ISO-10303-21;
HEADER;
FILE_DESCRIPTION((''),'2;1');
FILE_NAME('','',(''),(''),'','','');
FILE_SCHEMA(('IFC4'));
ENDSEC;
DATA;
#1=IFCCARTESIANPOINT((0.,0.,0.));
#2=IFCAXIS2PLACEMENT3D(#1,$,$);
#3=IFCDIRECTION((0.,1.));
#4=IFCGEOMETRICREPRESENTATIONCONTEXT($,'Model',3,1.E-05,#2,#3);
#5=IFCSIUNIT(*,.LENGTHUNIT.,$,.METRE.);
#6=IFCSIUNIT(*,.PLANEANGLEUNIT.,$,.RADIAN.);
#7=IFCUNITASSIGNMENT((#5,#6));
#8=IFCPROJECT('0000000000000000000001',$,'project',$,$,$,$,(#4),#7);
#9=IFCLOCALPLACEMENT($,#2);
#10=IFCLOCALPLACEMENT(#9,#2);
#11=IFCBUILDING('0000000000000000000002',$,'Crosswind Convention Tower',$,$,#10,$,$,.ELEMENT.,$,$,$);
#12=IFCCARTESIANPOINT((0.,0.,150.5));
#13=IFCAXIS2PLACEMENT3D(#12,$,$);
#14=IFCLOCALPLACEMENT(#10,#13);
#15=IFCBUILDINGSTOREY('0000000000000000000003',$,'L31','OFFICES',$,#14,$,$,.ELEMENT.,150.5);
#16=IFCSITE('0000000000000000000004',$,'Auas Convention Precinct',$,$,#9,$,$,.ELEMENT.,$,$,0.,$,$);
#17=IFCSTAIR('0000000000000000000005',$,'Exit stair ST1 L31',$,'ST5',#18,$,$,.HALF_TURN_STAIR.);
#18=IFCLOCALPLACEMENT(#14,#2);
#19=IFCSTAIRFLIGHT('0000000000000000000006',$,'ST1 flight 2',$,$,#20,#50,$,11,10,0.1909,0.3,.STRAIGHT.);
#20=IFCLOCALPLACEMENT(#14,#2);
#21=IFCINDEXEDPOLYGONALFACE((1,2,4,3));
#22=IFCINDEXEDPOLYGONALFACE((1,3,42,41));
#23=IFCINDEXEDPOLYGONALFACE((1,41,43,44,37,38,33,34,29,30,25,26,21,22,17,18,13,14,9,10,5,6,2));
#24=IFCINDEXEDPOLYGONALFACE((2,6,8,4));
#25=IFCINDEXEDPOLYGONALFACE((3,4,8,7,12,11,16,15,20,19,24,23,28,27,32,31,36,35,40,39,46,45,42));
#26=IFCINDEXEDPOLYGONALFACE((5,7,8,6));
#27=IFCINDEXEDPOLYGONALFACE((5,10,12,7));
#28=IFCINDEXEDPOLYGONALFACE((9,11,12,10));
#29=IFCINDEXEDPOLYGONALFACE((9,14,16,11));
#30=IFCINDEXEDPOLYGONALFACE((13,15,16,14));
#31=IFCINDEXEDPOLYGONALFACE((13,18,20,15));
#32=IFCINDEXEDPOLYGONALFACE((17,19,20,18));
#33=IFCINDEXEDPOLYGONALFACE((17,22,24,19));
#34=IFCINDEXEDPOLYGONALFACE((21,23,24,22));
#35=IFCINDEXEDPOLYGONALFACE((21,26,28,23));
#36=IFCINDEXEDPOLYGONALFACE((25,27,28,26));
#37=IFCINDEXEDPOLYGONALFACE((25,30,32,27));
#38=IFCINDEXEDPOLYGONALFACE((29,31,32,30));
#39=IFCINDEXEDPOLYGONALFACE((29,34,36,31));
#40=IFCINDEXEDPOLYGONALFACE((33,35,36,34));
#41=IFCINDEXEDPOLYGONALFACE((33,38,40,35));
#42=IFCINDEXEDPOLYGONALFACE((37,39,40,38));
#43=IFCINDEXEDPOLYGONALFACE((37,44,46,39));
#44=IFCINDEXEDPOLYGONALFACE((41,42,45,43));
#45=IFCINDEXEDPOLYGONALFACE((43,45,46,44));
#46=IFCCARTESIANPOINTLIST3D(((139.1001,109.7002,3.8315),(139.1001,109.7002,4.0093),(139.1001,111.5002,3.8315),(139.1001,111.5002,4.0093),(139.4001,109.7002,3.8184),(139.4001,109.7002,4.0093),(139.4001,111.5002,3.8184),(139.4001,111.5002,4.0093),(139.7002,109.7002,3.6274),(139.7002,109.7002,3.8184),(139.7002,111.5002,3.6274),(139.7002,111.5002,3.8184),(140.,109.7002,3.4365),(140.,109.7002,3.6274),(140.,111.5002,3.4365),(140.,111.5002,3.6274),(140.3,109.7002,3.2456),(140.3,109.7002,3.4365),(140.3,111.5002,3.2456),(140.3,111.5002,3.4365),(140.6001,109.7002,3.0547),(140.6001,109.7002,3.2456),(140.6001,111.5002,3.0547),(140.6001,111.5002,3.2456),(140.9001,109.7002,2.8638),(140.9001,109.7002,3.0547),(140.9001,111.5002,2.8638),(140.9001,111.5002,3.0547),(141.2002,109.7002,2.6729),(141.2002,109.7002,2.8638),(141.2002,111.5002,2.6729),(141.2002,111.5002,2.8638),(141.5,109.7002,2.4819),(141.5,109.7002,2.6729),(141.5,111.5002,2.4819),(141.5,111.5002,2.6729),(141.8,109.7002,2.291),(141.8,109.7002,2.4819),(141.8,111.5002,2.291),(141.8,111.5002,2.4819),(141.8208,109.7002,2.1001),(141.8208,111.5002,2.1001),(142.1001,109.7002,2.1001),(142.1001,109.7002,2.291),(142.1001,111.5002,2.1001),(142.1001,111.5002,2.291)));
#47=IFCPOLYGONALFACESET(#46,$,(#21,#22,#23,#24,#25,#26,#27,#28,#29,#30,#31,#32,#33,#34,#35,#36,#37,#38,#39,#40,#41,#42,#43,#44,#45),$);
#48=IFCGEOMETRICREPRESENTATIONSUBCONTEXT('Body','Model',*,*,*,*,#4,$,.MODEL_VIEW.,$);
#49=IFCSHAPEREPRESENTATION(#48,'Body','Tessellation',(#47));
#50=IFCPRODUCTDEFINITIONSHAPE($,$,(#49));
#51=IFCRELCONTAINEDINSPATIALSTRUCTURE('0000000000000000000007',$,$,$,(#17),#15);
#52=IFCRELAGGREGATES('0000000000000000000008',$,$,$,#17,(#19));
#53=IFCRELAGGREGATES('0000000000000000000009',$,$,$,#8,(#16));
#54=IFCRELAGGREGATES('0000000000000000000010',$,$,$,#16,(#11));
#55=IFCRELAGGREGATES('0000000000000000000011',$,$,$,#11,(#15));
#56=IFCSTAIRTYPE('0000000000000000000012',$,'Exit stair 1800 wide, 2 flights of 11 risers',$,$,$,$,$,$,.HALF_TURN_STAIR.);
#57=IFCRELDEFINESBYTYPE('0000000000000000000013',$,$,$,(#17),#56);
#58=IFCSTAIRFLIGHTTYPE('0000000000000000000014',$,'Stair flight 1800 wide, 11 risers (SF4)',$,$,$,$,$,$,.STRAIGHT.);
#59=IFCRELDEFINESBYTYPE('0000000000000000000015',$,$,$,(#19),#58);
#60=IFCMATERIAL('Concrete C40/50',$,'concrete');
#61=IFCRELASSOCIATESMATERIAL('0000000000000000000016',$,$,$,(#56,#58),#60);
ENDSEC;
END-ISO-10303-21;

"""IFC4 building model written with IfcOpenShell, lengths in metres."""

from ifc_helpers import new_model, si_unit, direction, frame, origin, place, context, subcontext, project, spatial, polyline, outline, extrude, material, type_object, element, aggregate, save


model = new_model("IFC4")

# Units and contexts
model_context = context("Model", 3, precision=1e-05, world=origin(), true_north=direction((0.0, 1.0)))
body_context = subcontext(model_context, "Body", "Model", "MODEL_VIEW")
ifc_project = project(units=[si_unit("LENGTHUNIT", "METRE"), si_unit("PLANEANGLEUNIT", "RADIAN")], contexts=[model_context])

# Site, building, storey
site_placement = place(None, origin())
site = spatial("IfcSite", under=ifc_project, at=site_placement, Name="Auas Convention Precinct", CompositionType="ELEMENT", RefElevation=0.0)
building_placement = place(site_placement, origin())
building = spatial("IfcBuilding", under=site, at=building_placement, Name="Crosswind Convention Tower", CompositionType="ELEMENT")
storey_placement = place(building_placement, frame((0.0, 0.0, 150.5)))
storey = spatial("IfcBuildingStorey", under=building, at=storey_placement, Name="L31", Description="OFFICES", CompositionType="ELEMENT", Elevation=150.5)

# Stair, stair flight
ifc_material_1 = material(Name="Concrete C40/50", Category="concrete")
stair_type = type_object("IfcStairType", Name="Exit stair 1800 wide, 2 flights of 11 risers", PredefinedType="HALF_TURN_STAIR", material=ifc_material_1)
stair_placement = place(storey_placement, origin())
stair = element("IfcStair", 1, at=stair_placement, inside=storey, type_object=stair_type, Name="Exit stair ST1 L31", ObjectType="ST5", PredefinedType="HALF_TURN_STAIR")
stair_flight_type = type_object("IfcStairFlightType", Name="Stair flight 1800 wide, 11 risers (SF4)", PredefinedType="STRAIGHT", material=ifc_material_1)
stair_flight_1_placement = place(storey_placement, frame((142.1001, 110.6001, 2.1001), z_axis=(0.0, 0.0, 1.0), x_axis=(-1.0, 0.0, 0.0)))
stair_flight_1 = element("IfcStairFlight", 2, at=stair_flight_1_placement, type_object=stair_flight_type, Name="ST1 flight 2", NumberOfRisers=11, NumberOfTreads=10, PredefinedType="STRAIGHT", RiserHeight=0.1909, TreadLength=0.3, context=body_context, shape_type="SweptSolid", body=[
    extrude(outline(polyline([(0.0, 0.0), (0.0, 0.1909), (0.3, 0.1909), (0.3, 0.3818), (0.6001, 0.3818), (0.6001, 0.5728), (0.8999, 0.5728), (0.8999, 0.7637), (1.2, 0.7637), (1.2, 0.9546), (1.5, 0.9546), (1.5, 1.1455), (1.8, 1.1455), (1.8, 1.3364), (2.1001, 1.3364), (2.1001, 1.5273), (2.3999, 1.5273), (2.3999, 1.7183), (2.7, 1.7183), (2.7, 1.9092), (3.0, 1.9092), (3.0, 2.1001), (3.0, 1.7314), (0.2793, 0.0), (0.0, 0.0)])), frame((0.0, 0.8999, 0.0), z_axis=(0.0, -1.0, 0.0), x_axis=(1.0, 0.0, 0.0)), (0.0, 0.0, 1.0), 1.8),
])
aggregate(stair, [stair_flight_1])

save(model, "model.ifc")
